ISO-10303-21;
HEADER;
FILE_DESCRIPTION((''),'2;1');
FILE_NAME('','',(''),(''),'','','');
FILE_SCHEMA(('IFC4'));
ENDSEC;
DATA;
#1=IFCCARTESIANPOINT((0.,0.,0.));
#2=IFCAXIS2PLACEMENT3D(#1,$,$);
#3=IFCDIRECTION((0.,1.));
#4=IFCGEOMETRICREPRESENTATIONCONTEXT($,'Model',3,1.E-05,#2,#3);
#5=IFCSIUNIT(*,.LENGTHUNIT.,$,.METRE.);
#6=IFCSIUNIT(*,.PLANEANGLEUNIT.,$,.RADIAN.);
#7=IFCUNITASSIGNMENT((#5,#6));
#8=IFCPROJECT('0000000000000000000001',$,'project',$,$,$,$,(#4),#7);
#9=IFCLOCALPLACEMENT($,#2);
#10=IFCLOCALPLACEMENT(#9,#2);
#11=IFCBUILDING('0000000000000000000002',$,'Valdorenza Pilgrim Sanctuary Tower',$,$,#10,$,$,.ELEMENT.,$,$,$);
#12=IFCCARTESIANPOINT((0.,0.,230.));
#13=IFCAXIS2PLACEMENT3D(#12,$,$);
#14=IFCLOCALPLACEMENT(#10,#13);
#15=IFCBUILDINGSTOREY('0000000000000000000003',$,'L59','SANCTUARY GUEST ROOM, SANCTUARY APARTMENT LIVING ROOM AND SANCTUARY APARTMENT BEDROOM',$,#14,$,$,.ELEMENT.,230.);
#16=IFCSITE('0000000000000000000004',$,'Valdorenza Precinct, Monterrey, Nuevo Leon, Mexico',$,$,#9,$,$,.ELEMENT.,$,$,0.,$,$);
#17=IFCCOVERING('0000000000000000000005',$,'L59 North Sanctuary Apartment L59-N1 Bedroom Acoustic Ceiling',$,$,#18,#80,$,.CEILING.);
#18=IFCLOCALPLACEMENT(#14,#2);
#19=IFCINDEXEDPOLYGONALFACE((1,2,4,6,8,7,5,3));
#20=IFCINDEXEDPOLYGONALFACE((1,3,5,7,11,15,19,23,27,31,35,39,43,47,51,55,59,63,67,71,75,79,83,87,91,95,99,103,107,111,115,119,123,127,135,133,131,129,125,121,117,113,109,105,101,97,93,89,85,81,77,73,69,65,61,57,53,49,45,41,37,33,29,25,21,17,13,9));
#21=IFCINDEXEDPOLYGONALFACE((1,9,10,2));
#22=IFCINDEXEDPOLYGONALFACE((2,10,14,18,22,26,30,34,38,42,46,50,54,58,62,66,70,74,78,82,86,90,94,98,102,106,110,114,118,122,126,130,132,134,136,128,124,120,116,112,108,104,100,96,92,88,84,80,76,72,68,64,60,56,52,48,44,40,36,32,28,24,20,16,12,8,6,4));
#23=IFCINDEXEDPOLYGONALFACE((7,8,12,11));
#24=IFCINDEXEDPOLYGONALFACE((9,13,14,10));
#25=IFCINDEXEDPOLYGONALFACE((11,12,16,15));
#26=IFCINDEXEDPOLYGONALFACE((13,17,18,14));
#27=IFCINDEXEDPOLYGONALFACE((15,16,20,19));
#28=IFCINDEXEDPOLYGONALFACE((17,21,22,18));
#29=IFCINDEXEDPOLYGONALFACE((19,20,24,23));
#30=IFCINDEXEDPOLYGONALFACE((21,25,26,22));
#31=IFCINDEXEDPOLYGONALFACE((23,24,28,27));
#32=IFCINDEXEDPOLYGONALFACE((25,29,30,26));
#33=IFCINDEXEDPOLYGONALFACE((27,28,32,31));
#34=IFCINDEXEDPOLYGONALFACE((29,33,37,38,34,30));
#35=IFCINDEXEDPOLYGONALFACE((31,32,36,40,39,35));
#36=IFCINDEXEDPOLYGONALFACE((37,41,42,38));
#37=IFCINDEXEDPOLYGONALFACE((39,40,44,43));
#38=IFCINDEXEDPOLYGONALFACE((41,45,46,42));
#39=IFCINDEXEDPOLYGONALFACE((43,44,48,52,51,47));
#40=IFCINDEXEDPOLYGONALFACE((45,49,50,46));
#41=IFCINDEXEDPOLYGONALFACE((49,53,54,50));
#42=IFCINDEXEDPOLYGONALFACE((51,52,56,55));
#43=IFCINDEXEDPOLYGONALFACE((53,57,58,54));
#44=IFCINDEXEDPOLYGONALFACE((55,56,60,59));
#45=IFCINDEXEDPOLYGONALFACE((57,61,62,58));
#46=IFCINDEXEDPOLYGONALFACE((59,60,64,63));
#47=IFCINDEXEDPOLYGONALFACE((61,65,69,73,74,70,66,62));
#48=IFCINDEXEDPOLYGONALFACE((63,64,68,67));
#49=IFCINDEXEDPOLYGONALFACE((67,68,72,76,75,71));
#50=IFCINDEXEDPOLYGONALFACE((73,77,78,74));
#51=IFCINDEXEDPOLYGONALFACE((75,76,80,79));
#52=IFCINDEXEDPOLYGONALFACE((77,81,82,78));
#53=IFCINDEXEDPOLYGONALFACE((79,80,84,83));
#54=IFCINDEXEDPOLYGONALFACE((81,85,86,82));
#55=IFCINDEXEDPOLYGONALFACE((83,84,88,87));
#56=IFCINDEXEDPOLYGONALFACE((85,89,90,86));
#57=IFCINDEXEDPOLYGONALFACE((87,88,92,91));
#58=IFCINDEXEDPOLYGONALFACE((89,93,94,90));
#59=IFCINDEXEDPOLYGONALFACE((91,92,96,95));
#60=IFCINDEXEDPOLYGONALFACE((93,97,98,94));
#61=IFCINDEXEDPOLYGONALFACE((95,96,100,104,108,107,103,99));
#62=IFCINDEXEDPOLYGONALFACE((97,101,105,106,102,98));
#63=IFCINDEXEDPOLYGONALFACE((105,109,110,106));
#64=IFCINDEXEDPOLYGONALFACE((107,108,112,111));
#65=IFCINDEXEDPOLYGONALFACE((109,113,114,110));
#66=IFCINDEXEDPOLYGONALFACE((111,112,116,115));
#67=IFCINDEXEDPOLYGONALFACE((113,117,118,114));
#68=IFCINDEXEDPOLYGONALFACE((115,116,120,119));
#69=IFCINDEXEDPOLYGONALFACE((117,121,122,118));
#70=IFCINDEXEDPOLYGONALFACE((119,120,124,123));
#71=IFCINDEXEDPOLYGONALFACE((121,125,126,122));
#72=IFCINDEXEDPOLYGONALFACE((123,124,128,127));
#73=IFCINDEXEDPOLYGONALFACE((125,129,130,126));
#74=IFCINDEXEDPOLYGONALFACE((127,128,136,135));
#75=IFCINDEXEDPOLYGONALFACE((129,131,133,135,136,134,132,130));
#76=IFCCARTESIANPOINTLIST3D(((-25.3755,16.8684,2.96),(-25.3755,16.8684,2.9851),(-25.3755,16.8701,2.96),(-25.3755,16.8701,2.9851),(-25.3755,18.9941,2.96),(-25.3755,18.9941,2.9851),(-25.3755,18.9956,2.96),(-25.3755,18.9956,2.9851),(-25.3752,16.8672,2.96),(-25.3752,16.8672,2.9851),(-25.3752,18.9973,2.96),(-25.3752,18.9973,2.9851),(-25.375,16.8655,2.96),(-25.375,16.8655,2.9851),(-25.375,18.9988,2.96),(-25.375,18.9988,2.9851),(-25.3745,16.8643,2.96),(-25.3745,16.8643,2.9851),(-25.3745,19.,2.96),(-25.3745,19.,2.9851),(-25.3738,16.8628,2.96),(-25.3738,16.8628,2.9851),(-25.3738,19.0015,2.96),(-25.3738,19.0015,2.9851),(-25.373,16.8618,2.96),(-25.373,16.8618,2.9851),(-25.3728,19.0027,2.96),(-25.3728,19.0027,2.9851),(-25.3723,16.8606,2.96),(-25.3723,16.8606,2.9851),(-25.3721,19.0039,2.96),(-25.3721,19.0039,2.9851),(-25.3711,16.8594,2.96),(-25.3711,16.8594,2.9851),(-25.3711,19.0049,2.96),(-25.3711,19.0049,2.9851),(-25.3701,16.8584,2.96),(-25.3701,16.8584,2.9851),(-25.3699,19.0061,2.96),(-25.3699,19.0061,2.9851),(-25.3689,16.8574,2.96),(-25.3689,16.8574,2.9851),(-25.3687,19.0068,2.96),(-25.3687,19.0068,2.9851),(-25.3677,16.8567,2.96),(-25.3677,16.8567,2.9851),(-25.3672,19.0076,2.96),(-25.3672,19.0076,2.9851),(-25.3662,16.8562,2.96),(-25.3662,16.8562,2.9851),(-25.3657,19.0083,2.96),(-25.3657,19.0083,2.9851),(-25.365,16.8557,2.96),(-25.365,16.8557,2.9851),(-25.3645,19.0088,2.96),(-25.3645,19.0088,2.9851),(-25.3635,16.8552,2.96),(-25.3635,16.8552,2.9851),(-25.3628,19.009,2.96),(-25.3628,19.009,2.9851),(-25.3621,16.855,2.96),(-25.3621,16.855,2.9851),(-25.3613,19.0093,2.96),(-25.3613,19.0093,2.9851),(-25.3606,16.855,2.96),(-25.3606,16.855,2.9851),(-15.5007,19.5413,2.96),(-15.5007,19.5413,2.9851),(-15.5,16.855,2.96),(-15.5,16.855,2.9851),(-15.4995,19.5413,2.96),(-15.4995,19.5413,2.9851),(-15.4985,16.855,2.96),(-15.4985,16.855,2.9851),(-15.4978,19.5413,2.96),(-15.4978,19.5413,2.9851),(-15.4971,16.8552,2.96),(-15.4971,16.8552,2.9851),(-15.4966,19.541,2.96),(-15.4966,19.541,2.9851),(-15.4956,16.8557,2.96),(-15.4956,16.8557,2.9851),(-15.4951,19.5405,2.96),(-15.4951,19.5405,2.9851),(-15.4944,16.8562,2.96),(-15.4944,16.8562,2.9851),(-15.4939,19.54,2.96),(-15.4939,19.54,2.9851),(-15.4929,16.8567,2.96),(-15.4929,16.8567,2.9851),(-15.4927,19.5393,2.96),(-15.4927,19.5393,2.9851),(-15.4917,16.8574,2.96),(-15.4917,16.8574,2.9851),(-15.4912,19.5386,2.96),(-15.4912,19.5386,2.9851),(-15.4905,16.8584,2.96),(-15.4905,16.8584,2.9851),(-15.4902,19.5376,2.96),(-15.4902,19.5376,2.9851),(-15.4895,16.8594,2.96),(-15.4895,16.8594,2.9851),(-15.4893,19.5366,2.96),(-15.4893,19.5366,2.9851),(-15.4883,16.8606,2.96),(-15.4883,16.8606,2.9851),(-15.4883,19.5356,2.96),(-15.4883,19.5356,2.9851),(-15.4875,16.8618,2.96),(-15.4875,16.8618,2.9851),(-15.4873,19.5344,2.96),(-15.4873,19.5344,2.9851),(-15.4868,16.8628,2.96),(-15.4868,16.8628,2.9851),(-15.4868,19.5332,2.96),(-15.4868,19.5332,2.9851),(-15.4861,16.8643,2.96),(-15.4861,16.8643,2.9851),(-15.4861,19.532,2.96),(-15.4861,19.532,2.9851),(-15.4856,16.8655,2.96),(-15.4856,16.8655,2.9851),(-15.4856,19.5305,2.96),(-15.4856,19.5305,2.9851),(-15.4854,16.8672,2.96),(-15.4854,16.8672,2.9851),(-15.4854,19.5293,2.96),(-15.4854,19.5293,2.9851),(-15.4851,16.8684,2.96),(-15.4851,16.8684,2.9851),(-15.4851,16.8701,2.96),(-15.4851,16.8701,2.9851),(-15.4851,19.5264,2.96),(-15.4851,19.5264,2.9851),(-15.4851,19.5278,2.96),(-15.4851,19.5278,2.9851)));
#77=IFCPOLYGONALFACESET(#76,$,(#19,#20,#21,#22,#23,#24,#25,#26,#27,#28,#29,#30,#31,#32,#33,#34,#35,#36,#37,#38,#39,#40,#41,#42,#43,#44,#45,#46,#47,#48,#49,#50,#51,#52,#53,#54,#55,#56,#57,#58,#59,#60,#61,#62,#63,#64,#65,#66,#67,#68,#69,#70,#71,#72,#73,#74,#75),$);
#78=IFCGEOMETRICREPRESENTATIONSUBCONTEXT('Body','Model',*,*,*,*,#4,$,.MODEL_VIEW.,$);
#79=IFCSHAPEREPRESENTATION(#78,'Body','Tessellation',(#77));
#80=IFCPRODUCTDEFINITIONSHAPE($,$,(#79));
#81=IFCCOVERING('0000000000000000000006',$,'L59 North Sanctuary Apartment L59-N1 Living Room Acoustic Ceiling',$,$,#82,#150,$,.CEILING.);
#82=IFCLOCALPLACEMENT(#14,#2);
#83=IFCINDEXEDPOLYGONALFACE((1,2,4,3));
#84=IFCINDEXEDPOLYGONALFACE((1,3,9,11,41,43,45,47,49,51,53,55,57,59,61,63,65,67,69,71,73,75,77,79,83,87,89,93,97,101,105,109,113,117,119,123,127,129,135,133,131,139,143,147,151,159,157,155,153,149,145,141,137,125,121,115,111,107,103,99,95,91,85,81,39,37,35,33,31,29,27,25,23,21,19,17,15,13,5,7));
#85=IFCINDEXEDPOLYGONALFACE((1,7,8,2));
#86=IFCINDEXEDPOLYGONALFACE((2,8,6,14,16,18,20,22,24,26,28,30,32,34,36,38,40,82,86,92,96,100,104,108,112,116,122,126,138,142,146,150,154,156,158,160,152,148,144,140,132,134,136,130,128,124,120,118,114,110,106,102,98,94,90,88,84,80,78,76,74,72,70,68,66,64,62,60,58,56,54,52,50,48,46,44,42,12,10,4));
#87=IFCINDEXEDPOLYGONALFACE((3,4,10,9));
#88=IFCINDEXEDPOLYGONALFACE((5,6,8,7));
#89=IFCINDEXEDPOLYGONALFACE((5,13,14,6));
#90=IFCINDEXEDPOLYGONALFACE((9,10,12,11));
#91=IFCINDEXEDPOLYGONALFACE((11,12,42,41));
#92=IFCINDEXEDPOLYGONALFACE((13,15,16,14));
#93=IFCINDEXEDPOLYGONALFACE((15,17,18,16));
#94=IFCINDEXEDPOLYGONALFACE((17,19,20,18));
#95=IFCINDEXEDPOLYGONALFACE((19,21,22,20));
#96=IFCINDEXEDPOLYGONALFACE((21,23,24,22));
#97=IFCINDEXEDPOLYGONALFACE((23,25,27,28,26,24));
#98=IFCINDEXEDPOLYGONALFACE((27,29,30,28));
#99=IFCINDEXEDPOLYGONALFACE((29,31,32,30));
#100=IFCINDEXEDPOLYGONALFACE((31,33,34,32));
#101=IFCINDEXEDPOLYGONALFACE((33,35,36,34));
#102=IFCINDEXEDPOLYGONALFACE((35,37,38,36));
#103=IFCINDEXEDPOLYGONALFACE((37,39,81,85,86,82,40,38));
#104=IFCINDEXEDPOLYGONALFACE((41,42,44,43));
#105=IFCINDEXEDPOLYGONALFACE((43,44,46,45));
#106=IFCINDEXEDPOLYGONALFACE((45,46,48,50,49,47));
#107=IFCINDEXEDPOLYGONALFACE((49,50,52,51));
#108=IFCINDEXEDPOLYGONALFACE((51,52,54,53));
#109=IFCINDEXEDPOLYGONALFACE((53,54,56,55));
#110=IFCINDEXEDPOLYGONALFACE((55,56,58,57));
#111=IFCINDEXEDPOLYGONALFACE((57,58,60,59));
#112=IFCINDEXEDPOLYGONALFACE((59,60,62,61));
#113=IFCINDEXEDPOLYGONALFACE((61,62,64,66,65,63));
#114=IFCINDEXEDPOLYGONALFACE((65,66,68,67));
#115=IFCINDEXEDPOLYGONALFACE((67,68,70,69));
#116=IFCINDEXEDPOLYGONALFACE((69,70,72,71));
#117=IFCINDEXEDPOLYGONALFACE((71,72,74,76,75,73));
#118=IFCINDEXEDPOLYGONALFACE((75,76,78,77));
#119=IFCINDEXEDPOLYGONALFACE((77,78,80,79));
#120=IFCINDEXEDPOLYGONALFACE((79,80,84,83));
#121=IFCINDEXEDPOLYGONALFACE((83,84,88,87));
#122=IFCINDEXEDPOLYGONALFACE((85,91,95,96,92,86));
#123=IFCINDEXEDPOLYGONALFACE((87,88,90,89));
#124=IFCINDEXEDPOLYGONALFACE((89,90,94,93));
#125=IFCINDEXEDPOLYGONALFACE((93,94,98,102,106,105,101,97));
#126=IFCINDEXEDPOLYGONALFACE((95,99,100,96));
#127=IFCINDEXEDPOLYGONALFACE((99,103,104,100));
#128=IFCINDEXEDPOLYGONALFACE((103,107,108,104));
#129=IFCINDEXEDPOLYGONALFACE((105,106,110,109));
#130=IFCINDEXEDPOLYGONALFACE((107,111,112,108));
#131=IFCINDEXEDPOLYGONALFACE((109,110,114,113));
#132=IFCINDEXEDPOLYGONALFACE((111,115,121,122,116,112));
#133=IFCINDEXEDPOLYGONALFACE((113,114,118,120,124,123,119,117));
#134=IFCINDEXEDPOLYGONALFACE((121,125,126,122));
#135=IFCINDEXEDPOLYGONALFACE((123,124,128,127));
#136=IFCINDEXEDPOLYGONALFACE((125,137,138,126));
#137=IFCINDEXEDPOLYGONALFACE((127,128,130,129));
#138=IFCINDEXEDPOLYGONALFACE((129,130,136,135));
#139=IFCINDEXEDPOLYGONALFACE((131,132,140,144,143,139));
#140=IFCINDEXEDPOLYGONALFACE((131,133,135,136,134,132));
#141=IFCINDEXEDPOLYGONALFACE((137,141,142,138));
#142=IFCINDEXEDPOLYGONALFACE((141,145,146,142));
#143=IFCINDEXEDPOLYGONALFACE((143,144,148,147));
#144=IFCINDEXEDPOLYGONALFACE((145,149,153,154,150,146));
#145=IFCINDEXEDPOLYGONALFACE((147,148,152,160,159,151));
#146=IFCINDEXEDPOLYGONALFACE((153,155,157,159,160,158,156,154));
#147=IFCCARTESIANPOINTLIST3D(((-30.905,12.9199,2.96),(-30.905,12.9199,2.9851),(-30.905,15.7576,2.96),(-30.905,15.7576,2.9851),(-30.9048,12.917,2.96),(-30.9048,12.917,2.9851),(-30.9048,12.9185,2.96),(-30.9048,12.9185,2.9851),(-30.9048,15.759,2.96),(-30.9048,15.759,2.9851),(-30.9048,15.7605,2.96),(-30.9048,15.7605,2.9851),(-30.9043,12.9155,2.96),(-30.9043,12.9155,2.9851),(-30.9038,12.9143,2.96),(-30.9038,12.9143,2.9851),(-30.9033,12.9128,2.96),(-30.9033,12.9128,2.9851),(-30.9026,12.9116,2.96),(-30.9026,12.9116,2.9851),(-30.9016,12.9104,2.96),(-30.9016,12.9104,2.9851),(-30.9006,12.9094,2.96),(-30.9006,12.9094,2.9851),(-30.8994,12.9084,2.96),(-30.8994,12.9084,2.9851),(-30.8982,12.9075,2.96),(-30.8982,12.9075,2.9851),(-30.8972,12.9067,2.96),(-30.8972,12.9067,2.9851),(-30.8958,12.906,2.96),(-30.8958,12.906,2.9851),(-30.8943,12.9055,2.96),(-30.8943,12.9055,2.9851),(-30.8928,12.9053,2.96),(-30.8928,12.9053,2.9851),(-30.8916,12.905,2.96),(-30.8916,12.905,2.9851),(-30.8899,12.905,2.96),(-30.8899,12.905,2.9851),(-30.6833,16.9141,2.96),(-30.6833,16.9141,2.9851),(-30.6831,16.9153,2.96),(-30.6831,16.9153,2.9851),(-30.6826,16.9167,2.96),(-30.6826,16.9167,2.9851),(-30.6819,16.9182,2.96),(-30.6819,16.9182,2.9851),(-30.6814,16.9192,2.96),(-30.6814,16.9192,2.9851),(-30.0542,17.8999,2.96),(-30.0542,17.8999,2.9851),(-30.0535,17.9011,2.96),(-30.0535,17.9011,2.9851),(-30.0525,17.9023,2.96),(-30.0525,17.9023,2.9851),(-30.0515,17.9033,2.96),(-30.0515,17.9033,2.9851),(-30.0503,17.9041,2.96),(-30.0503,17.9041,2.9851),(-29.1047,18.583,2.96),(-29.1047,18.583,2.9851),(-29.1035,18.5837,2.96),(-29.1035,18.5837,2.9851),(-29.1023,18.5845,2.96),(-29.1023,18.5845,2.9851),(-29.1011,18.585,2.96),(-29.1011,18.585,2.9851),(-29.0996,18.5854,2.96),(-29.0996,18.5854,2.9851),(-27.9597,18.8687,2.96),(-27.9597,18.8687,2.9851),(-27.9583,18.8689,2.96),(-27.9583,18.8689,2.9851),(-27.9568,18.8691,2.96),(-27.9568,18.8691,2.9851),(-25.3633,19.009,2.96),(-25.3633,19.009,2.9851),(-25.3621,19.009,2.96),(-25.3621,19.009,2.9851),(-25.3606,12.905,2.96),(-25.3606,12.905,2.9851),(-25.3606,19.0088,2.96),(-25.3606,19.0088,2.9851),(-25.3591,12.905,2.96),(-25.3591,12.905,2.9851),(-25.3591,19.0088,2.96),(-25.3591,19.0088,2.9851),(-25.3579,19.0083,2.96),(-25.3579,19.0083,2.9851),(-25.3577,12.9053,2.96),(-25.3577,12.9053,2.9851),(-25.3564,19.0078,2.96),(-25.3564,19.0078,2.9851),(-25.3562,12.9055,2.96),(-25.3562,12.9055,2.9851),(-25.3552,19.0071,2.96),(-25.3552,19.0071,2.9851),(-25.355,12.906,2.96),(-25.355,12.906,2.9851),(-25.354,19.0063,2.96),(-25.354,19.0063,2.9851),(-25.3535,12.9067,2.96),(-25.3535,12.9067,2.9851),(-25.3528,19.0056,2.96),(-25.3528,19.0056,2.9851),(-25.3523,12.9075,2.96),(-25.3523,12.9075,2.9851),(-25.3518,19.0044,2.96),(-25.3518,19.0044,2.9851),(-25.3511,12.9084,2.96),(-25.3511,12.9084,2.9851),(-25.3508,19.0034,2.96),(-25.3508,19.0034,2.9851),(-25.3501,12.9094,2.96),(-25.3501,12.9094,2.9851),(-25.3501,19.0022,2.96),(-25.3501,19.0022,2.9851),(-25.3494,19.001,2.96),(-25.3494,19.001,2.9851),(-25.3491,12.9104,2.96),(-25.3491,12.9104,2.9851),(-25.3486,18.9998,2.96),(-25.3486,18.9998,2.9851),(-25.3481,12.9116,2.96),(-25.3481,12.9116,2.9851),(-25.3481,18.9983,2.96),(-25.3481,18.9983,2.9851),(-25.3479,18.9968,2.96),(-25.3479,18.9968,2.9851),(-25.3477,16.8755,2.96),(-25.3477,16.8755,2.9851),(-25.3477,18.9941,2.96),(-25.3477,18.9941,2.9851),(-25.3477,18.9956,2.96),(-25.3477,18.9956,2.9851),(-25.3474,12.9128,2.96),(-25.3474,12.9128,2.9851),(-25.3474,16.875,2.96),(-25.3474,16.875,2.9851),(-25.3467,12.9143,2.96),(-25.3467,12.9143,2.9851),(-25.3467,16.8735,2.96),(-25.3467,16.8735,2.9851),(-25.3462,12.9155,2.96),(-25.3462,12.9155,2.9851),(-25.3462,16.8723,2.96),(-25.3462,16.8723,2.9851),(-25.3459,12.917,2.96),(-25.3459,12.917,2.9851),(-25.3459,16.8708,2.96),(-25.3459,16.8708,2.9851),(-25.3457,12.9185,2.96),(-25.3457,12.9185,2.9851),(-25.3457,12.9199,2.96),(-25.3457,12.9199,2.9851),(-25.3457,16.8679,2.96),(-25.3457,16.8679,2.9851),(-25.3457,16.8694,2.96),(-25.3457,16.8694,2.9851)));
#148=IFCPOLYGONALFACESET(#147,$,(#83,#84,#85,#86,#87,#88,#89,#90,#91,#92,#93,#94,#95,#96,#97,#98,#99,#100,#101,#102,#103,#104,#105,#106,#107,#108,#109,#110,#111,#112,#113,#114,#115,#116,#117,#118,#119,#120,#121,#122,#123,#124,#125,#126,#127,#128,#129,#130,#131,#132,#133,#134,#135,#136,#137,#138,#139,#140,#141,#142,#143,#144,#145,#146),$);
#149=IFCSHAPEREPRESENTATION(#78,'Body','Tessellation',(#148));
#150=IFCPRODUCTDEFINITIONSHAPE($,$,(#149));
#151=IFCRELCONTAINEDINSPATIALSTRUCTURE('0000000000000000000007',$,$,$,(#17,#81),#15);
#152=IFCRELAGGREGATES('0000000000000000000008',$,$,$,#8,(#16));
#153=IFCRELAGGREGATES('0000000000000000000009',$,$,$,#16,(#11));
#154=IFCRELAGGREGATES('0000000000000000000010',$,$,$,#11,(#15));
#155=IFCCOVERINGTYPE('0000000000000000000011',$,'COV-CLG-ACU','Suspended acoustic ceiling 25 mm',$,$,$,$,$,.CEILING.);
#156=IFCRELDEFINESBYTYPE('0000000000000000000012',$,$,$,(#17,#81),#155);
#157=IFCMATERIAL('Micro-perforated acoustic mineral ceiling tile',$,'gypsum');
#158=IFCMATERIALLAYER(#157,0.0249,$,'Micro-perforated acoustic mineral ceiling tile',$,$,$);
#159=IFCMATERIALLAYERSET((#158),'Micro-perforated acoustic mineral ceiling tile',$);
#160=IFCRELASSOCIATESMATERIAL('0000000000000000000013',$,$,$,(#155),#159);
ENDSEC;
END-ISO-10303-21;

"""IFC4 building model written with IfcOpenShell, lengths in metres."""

from ifc_helpers import new_model, si_unit, direction, frame, origin, place, context, subcontext, project, spatial, polyline, outline, extrude, material, layer, layer_set, type_object, element, save


model = new_model("IFC4")

# Units and contexts
model_context = context("Model", 3, precision=1e-05, world=origin(), true_north=direction((0.0, 1.0)))
body_context = subcontext(model_context, "Body", "Model", "MODEL_VIEW")
ifc_project = project(units=[si_unit("LENGTHUNIT", "METRE"), si_unit("PLANEANGLEUNIT", "RADIAN")], contexts=[model_context])

# Site, building, storey
site_placement = place(None, origin())
site = spatial("IfcSite", under=ifc_project, at=site_placement, Name="Valdorenza Precinct, Monterrey, Nuevo Leon, Mexico", CompositionType="ELEMENT", RefElevation=0.0)
building_placement = place(site_placement, origin())
building = spatial("IfcBuilding", under=site, at=building_placement, Name="Valdorenza Pilgrim Sanctuary Tower", CompositionType="ELEMENT")
storey_placement = place(building_placement, frame((0.0, 0.0, 230.0)))
storey = spatial("IfcBuildingStorey", under=building, at=storey_placement, Name="L59", Description="SANCTUARY GUEST ROOM, SANCTUARY APARTMENT LIVING ROOM AND SANCTUARY APARTMENT BEDROOM", CompositionType="ELEMENT", Elevation=230.0)

# Coverings
ifc_material_1 = material(Name="Micro-perforated acoustic mineral ceiling tile", Category="gypsum")
ifc_layer_1 = layer(ifc_material_1, 0.0249, Name="Micro-perforated acoustic mineral ceiling tile")
ifc_layer_set_1 = layer_set([ifc_layer_1], Name="Micro-perforated acoustic mineral ceiling tile")
covering_type_1 = type_object("IfcCoveringType", Name="COV-CLG-ACU", Description="Suspended acoustic ceiling 25 mm", PredefinedType="CEILING", material=ifc_layer_set_1)
covering_1_placement = place(storey_placement, frame((0.0, 0.0, 2.96)))
element("IfcCovering", 1, at=covering_1_placement, inside=storey, type_object=covering_type_1, Name="L59 North Sanctuary Apartment L59-N1 Bedroom Acoustic Ceiling", PredefinedType="CEILING", context=body_context, shape_type="SweptSolid", body=[
    extrude(outline(polyline([(-25.3606, 16.855), (-25.3621, 16.855), (-25.3635, 16.8552), (-25.365, 16.8557), (-25.3662, 16.8562), (-25.3677, 16.8567), (-25.3689, 16.8574), (-25.3701, 16.8584), (-25.3711, 16.8594), (-25.3723, 16.8606), (-25.373, 16.8618), (-25.3738, 16.8628), (-25.3745, 16.8643), (-25.375, 16.8655), (-25.3752, 16.8672), (-25.3755, 16.8684), (-25.3755, 16.8701), (-25.3755, 18.9941), (-25.3755, 18.9956), (-25.3752, 18.9973), (-25.375, 18.9988), (-25.3745, 19.0), (-25.3738, 19.0015), (-25.3728, 19.0027), (-25.3721, 19.0039), (-25.3711, 19.0049), (-25.3699, 19.0061), (-25.3687, 19.0068), (-25.3672, 19.0076), (-25.3657, 19.0083), (-25.3645, 19.0088), (-25.3628, 19.009), (-25.3613, 19.0093), (-15.5007, 19.5413), (-15.4995, 19.5413), (-15.4978, 19.5413), (-15.4966, 19.541), (-15.4951, 19.5405), (-15.4939, 19.54), (-15.4927, 19.5393), (-15.4912, 19.5386), (-15.4902, 19.5376), (-15.4893, 19.5366), (-15.4883, 19.5356), (-15.4873, 19.5344), (-15.4868, 19.5332), (-15.4861, 19.532), (-15.4856, 19.5305), (-15.4854, 19.5293), (-15.4851, 19.5278), (-15.4851, 19.5264), (-15.4851, 16.8701), (-15.4851, 16.8684), (-15.4854, 16.8672), (-15.4856, 16.8655), (-15.4861, 16.8643), (-15.4868, 16.8628), (-15.4875, 16.8618), (-15.4883, 16.8606), (-15.4895, 16.8594), (-15.4905, 16.8584), (-15.4917, 16.8574), (-15.4929, 16.8567), (-15.4944, 16.8562), (-15.4956, 16.8557), (-15.4971, 16.8552), (-15.4985, 16.855), (-15.5, 16.855), (-25.3606, 16.855)])), origin(), (0.0, 0.0, 1.0), 0.0251),
])
covering_2_placement = place(storey_placement, frame((0.0, 0.0, 2.96)))
element("IfcCovering", 2, at=covering_2_placement, inside=storey, type_object=covering_type_1, Name="L59 North Sanctuary Apartment L59-N1 Living Room Acoustic Ceiling", PredefinedType="CEILING", context=body_context, shape_type="SweptSolid", body=[
    extrude(outline(polyline([(-30.8899, 12.905), (-30.8916, 12.905), (-30.8928, 12.9053), (-30.8943, 12.9055), (-30.8958, 12.906), (-30.8972, 12.9067), (-30.8982, 12.9075), (-30.8994, 12.9084), (-30.9006, 12.9094), (-30.9016, 12.9104), (-30.9026, 12.9116), (-30.9033, 12.9128), (-30.9038, 12.9143), (-30.9043, 12.9155), (-30.9048, 12.917), (-30.9048, 12.9185), (-30.905, 12.9199), (-30.905, 15.7576), (-30.9048, 15.759), (-30.9048, 15.7605), (-30.6833, 16.9141), (-30.6831, 16.9153), (-30.6826, 16.9167), (-30.6819, 16.9182), (-30.6814, 16.9192), (-30.0542, 17.8999), (-30.0535, 17.9011), (-30.0525, 17.9023), (-30.0515, 17.9033), (-30.0503, 17.9041), (-29.1047, 18.583), (-29.1035, 18.5837), (-29.1023, 18.5845), (-29.1011, 18.585), (-29.0996, 18.5854), (-27.9597, 18.8687), (-27.9583, 18.8689), (-27.9568, 18.8691), (-25.3633, 19.009), (-25.3621, 19.009), (-25.3606, 19.0088), (-25.3591, 19.0088), (-25.3579, 19.0083), (-25.3564, 19.0078), (-25.3552, 19.0071), (-25.354, 19.0063), (-25.3528, 19.0056), (-25.3518, 19.0044), (-25.3508, 19.0034), (-25.3501, 19.0022), (-25.3494, 19.001), (-25.3486, 18.9998), (-25.3481, 18.9983), (-25.3479, 18.9968), (-25.3477, 18.9956), (-25.3477, 18.9941), (-25.3477, 16.8755), (-25.3474, 16.875), (-25.3467, 16.8735), (-25.3462, 16.8723), (-25.3459, 16.8708), (-25.3457, 16.8694), (-25.3457, 16.8679), (-25.3457, 12.9199), (-25.3457, 12.9185), (-25.3459, 12.917), (-25.3462, 12.9155), (-25.3467, 12.9143), (-25.3474, 12.9128), (-25.3481, 12.9116), (-25.3491, 12.9104), (-25.3501, 12.9094), (-25.3511, 12.9084), (-25.3523, 12.9075), (-25.3535, 12.9067), (-25.355, 12.906), (-25.3562, 12.9055), (-25.3577, 12.9053), (-25.3591, 12.905), (-25.3606, 12.905), (-30.8899, 12.905)])), origin(), (0.0, 0.0, 1.0), 0.0251),
])

save(model, "model.ifc")
